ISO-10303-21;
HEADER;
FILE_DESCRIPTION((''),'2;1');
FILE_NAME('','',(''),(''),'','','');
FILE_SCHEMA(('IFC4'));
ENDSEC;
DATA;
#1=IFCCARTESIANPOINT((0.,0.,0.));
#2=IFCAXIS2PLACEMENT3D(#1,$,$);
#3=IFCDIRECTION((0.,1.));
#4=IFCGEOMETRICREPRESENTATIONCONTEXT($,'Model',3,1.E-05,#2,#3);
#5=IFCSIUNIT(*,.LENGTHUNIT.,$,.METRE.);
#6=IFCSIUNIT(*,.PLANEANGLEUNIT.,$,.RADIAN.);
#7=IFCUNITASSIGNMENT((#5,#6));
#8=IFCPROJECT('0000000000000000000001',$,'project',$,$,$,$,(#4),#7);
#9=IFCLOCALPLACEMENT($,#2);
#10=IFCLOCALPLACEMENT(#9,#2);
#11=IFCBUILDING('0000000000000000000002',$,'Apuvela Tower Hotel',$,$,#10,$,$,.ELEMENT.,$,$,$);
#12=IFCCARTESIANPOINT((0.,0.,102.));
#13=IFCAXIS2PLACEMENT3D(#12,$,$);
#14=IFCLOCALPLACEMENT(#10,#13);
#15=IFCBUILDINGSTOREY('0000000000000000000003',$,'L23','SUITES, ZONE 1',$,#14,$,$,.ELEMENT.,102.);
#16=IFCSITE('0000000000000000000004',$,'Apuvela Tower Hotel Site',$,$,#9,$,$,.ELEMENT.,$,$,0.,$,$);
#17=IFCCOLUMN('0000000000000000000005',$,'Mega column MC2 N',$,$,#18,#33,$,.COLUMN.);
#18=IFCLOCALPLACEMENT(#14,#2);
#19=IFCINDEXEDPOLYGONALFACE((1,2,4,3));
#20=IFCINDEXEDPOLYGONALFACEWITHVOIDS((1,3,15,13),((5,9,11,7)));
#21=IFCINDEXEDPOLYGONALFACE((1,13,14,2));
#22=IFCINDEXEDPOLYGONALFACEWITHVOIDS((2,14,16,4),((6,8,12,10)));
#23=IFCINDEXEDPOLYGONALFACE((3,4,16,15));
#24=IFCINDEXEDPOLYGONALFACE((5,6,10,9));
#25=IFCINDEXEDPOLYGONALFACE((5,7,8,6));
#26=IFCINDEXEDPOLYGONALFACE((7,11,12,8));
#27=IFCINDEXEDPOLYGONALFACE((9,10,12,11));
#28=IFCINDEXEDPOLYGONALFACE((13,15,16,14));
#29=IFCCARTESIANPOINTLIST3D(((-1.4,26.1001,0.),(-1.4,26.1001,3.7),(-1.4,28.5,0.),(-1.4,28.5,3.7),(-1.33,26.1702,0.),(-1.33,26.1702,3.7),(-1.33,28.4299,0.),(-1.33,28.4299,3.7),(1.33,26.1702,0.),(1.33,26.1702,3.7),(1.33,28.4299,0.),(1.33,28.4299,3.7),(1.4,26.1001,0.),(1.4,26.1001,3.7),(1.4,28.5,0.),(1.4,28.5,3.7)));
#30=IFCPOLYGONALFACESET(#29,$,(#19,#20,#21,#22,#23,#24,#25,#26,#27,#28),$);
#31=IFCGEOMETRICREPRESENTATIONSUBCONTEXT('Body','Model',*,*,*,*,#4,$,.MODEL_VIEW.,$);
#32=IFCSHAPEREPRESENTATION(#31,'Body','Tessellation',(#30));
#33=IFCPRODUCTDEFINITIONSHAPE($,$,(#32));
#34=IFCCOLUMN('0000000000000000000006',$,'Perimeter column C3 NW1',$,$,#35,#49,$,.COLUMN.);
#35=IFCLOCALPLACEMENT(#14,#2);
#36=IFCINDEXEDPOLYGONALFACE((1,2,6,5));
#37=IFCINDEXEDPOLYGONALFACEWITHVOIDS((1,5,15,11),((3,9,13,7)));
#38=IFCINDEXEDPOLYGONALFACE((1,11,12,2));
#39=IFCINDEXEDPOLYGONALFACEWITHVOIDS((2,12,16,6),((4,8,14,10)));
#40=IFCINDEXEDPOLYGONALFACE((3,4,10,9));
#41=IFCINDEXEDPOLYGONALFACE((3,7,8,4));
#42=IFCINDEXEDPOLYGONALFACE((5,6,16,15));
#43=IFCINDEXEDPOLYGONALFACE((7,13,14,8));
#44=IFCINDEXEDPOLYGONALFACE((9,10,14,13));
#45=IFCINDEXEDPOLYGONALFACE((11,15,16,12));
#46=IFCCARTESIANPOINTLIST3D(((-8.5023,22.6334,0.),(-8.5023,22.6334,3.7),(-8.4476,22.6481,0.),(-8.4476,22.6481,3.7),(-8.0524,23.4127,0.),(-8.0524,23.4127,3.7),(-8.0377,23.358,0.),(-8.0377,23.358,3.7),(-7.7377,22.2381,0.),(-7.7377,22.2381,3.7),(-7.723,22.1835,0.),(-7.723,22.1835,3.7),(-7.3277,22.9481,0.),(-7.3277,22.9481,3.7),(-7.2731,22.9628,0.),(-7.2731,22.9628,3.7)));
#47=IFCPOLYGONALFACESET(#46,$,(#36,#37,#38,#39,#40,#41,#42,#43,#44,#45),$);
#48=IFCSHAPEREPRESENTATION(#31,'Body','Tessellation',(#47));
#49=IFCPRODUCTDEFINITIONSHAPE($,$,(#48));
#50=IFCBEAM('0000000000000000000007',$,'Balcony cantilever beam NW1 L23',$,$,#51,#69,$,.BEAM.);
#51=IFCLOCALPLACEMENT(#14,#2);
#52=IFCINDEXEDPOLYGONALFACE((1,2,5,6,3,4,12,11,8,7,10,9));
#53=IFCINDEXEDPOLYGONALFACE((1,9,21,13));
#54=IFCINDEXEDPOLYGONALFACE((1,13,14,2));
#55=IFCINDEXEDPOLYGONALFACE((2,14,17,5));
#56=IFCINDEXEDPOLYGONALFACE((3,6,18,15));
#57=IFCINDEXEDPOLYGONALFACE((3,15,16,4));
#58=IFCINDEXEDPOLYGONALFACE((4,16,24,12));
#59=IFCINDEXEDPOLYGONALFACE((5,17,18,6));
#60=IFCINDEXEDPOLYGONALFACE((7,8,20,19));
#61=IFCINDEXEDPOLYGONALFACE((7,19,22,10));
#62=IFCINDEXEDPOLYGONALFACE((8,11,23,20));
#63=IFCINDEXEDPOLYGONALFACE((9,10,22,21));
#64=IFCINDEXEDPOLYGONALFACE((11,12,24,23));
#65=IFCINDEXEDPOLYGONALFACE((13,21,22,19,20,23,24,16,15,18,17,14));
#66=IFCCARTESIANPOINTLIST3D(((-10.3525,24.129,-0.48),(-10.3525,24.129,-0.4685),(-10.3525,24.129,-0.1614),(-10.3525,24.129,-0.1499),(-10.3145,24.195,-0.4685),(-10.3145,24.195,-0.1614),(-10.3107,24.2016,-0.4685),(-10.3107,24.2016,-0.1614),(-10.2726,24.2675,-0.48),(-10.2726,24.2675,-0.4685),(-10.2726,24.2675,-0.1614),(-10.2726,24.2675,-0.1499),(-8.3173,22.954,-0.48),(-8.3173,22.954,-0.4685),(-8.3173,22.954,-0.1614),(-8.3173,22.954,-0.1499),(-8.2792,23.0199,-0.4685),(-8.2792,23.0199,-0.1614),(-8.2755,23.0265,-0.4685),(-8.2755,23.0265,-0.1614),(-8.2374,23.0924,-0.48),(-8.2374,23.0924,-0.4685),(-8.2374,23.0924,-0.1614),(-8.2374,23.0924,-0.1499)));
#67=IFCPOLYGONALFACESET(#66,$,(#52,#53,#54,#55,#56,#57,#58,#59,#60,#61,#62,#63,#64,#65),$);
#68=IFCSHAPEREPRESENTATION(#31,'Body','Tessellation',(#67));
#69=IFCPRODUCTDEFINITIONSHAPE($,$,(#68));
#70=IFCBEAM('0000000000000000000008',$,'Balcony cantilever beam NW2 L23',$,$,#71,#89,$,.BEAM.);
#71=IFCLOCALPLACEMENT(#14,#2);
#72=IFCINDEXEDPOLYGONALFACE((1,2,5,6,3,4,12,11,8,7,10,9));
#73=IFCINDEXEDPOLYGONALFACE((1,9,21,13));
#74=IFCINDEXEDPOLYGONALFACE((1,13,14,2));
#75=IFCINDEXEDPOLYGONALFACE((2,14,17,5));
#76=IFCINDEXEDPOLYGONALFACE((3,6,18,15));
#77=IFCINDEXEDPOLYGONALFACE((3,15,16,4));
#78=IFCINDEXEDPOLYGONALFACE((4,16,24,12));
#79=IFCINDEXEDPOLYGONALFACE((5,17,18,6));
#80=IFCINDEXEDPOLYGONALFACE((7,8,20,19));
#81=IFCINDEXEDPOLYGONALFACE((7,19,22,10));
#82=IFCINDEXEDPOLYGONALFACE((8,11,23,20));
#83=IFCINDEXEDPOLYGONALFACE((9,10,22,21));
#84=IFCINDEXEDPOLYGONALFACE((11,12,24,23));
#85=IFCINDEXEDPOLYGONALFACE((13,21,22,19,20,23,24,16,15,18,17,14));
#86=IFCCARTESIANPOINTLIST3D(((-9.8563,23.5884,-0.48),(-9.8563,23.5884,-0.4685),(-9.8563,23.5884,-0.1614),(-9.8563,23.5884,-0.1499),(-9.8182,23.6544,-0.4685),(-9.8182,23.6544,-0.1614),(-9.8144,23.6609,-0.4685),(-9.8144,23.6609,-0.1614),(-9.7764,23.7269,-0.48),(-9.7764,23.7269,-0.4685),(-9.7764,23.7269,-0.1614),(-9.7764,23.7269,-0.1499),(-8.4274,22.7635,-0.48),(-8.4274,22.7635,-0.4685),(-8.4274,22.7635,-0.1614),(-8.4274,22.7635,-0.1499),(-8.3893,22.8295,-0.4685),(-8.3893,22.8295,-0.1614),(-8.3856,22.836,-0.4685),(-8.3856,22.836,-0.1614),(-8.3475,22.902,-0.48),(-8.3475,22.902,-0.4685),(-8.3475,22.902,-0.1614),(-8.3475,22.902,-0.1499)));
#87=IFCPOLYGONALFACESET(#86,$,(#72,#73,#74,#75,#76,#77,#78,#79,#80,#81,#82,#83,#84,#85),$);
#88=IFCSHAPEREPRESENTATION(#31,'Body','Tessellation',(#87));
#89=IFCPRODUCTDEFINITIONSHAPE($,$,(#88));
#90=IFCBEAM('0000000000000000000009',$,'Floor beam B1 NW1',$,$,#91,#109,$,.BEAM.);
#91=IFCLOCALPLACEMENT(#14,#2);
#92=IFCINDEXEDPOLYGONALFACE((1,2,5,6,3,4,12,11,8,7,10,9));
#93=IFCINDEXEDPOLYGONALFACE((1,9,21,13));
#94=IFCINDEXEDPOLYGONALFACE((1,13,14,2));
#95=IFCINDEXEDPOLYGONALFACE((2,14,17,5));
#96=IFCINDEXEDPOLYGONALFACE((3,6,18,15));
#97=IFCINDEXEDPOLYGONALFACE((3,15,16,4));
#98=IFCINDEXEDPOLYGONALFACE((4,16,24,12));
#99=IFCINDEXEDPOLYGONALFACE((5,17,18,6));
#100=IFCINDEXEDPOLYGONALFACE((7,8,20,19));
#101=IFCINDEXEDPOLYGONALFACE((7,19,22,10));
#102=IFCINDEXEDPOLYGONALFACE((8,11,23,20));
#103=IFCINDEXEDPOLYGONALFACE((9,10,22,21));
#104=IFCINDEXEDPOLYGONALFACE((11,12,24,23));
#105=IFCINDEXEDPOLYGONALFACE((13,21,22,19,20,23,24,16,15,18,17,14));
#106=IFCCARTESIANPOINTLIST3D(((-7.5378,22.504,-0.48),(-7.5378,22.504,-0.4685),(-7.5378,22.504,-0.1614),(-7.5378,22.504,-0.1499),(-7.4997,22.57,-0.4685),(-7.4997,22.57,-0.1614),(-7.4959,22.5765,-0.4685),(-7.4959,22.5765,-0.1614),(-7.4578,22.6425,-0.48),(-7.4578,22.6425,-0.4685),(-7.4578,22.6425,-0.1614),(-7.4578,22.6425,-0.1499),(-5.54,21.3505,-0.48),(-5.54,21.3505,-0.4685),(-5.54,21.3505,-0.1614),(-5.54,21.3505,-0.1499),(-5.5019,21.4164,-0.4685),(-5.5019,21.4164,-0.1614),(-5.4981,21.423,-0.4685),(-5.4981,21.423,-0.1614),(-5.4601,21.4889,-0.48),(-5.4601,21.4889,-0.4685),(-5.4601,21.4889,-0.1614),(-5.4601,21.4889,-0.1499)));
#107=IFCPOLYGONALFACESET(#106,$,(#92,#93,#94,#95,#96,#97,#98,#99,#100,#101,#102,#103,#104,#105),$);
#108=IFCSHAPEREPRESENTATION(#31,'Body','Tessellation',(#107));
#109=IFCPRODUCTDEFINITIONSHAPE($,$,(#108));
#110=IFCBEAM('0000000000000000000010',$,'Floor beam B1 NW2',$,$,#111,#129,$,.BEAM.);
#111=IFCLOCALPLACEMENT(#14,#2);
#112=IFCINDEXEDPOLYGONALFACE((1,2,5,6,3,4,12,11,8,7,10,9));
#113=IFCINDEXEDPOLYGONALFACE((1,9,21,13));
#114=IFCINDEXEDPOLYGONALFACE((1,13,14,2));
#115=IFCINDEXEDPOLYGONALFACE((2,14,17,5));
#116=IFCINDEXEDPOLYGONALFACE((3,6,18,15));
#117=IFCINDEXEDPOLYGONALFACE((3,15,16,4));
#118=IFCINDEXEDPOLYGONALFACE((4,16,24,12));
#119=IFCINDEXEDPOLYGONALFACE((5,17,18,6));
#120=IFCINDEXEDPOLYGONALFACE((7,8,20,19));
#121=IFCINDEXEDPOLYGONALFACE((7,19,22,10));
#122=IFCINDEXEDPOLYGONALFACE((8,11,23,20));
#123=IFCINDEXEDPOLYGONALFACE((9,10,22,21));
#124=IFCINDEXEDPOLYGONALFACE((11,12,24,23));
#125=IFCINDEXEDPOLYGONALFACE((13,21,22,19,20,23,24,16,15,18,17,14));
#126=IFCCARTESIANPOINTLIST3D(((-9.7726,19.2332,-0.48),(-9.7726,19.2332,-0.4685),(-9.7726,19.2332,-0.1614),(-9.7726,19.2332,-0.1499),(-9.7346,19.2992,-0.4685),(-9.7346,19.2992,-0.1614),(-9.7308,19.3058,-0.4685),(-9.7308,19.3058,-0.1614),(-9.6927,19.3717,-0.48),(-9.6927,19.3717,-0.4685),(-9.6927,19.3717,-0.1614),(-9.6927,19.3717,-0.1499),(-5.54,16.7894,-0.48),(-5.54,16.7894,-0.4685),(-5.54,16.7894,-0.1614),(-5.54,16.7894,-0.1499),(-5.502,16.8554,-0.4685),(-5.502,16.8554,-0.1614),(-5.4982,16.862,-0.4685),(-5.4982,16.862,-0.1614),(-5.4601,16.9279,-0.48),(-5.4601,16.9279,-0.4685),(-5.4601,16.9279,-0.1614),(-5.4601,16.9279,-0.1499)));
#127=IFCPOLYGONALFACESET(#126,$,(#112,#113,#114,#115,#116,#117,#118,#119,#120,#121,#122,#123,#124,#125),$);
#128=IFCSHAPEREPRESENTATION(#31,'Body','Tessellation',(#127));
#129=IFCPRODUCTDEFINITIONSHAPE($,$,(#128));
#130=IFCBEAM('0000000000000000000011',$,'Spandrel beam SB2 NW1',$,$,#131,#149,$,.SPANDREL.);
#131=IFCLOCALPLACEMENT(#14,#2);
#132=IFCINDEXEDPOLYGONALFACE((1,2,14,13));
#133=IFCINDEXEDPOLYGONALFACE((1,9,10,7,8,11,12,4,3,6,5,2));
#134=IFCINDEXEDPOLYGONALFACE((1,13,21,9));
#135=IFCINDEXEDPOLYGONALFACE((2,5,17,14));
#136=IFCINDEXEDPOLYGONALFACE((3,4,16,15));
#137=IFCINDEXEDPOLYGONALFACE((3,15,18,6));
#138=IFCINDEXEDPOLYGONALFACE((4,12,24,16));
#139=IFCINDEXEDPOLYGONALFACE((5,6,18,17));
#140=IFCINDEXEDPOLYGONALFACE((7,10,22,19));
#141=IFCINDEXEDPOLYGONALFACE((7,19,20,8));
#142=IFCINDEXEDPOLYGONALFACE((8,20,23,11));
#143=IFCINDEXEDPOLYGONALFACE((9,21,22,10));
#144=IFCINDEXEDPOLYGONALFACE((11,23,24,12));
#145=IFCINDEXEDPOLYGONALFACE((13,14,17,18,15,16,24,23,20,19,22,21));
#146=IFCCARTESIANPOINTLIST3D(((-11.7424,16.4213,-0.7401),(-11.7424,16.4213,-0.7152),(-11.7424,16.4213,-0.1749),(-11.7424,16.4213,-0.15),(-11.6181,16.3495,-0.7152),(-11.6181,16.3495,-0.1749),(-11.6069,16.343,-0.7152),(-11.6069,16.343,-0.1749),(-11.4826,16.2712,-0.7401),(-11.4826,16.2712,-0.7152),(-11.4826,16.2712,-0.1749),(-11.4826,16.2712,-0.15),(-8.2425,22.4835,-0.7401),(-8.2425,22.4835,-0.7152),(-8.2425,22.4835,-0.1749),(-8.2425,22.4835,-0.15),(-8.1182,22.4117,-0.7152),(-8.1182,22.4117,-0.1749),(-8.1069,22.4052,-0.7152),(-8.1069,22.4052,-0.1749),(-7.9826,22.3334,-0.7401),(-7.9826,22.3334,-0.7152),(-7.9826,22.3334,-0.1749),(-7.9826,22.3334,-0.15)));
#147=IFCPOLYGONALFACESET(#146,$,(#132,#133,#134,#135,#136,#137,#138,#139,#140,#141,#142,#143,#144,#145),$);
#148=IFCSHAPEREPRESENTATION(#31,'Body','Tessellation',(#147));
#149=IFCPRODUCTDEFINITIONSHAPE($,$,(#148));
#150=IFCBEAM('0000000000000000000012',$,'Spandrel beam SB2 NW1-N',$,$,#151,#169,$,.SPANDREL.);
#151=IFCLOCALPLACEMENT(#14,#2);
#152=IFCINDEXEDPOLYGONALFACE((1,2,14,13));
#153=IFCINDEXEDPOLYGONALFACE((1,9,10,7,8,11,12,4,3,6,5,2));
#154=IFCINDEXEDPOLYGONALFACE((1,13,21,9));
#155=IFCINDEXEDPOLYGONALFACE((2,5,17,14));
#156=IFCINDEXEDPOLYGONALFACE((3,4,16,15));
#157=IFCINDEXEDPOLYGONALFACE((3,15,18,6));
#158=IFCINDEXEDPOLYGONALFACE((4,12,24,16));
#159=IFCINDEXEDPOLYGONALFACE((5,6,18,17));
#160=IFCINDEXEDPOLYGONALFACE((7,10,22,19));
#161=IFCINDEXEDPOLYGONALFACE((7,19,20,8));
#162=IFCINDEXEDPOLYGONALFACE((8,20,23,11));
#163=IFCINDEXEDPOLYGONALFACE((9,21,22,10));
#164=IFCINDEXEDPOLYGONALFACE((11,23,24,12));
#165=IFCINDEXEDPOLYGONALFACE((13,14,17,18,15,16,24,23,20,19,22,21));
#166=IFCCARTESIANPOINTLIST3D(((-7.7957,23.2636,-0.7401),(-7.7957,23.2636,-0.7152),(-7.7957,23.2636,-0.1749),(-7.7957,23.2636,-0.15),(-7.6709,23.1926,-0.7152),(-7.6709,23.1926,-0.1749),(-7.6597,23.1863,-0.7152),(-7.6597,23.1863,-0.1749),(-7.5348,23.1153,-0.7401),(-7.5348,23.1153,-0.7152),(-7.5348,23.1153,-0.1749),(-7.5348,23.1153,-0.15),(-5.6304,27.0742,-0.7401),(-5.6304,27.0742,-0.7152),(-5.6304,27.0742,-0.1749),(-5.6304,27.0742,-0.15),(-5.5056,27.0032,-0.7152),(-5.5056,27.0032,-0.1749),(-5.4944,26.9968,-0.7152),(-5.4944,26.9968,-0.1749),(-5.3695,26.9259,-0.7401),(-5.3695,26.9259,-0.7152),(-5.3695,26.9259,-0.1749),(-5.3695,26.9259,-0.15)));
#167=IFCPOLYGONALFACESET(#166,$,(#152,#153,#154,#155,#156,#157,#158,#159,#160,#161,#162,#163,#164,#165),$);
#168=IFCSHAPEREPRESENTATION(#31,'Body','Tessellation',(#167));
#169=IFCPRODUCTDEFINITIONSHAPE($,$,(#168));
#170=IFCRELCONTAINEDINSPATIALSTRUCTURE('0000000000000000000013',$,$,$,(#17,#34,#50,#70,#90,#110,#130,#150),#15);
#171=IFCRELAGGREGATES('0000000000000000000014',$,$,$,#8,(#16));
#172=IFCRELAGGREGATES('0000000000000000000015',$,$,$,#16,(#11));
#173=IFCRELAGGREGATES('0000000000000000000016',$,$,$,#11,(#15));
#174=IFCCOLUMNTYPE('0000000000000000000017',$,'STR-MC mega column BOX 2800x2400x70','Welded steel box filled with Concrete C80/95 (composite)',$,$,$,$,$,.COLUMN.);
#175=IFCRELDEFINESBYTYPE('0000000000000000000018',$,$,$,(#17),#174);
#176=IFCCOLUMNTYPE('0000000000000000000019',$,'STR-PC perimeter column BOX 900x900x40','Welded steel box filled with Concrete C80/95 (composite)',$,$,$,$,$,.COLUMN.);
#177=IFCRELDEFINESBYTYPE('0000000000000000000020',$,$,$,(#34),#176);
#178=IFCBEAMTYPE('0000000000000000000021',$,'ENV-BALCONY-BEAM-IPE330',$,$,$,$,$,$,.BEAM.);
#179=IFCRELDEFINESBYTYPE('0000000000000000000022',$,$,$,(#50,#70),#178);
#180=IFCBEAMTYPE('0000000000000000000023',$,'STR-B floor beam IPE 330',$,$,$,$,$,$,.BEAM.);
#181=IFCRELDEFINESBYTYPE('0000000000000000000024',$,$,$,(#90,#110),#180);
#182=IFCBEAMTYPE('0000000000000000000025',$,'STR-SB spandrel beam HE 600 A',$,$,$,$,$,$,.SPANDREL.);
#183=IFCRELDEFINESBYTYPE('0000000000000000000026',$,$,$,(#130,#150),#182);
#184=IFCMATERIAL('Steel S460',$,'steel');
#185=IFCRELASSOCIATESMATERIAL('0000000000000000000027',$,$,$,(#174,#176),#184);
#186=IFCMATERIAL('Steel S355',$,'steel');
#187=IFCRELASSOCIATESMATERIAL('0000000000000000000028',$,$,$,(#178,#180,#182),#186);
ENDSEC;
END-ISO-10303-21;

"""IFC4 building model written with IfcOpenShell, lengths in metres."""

from ifc_helpers import new_model, si_unit, direction, frame, origin, origin_2d, place, context, subcontext, project, spatial, rectangle, hollow_rectangle, i_section, extrude, material, material_profile, profile_set, type_object, element, save


model = new_model("IFC4")

# Units and contexts
model_context = context("Model", 3, precision=1e-05, world=origin(), true_north=direction((0.0, 1.0)))
body_context = subcontext(model_context, "Body", "Model", "MODEL_VIEW")
ifc_project = project(units=[si_unit("LENGTHUNIT", "METRE"), si_unit("PLANEANGLEUNIT", "RADIAN")], contexts=[model_context])

# Site, building, storey
site_placement = place(None, origin())
site = spatial("IfcSite", under=ifc_project, at=site_placement, Name="Apuvela Tower Hotel Site", CompositionType="ELEMENT", RefElevation=0.0)
building_placement = place(site_placement, origin())
building = spatial("IfcBuilding", under=site, at=building_placement, Name="Apuvela Tower Hotel", CompositionType="ELEMENT")
storey_placement = place(building_placement, frame((0.0, 0.0, 102.0)))
storey = spatial("IfcBuildingStorey", under=building, at=storey_placement, Name="L23", Description="SUITES, ZONE 1", CompositionType="ELEMENT", Elevation=102.0)

# Columns
ifc_material_1 = material(Name="Steel S460", Category="steel")
ifc_material_profile_1 = material_profile(ifc_material_1, hollow_rectangle(XDim=2.8, YDim=2.3999, WallThickness=0.0701, at=origin_2d()), Name="BOX 2800x2400x70")
ifc_material_2 = material(Name="Concrete C80/95", Category="concrete")
ifc_material_profile_2 = material_profile(ifc_material_2, rectangle(XDim=2.6599, YDim=2.26, at=origin_2d()), Name="Concrete C80/95 infill")
ifc_profile_set_1 = profile_set([ifc_material_profile_1, ifc_material_profile_2], Name="Steel S460")
column_type_1 = type_object("IfcColumnType", Name="STR-MC mega column BOX 2800x2400x70", Description="Welded steel box filled with Concrete C80/95 (composite)", PredefinedType="COLUMN", material=ifc_profile_set_1)
column_1_placement = place(storey_placement, frame((0.0, 27.3, 0.0), z_axis=(0.0, 0.0, 1.0), x_axis=(1.0, 0.0, 0.0)))
element("IfcColumn", 1, at=column_1_placement, inside=storey, type_object=column_type_1, Name="Mega column MC2 N", PredefinedType="COLUMN", context=body_context, shape_type="SweptSolid", body=[
    extrude(hollow_rectangle(XDim=2.8, YDim=2.3999, WallThickness=0.0701, at=origin_2d()), origin(), (0.0, 0.0, 1.0), 3.7),
])
ifc_material_profile_3 = material_profile(ifc_material_1, hollow_rectangle(XDim=0.8999, YDim=0.8999, WallThickness=0.04, at=origin_2d()), Name="BOX 900x900x40")
ifc_material_profile_4 = material_profile(ifc_material_2, rectangle(XDim=0.8201, YDim=0.8201, at=origin_2d()), Name="Concrete C80/95 infill")
ifc_profile_set_2 = profile_set([ifc_material_profile_3, ifc_material_profile_4], Name="Steel S460")
column_type_2 = type_object("IfcColumnType", Name="STR-PC perimeter column BOX 900x900x40", Description="Welded steel box filled with Concrete C80/95 (composite)", PredefinedType="COLUMN", material=ifc_profile_set_2)
column_2_placement = place(storey_placement, frame((-7.8877, 22.7981, 0.0), z_axis=(0.0, 0.0, 1.0), x_axis=(0.5, 0.866025, 0.0)))
element("IfcColumn", 2, at=column_2_placement, inside=storey, type_object=column_type_2, Name="Perimeter column C3 NW1", PredefinedType="COLUMN", context=body_context, shape_type="SweptSolid", body=[
    extrude(hollow_rectangle(XDim=0.8999, YDim=0.8999, WallThickness=0.04, at=origin_2d()), origin(), (0.0, 0.0, 1.0), 3.7),
])

# Beams
ifc_material_3 = material(Name="Steel S355", Category="steel")
ifc_material_profile_5 = material_profile(ifc_material_3, i_section(OverallWidth=0.1599, OverallDepth=0.3301, WebThickness=0.0076, FlangeThickness=0.0115, at=origin_2d()), Name="IPE 330")
ifc_profile_set_3 = profile_set([ifc_material_profile_5], Name="Steel S355")
beam_type_1 = type_object("IfcBeamType", Name="ENV-BALCONY-BEAM-IPE330", PredefinedType="BEAM", material=ifc_profile_set_3)
beam_1_placement = place(storey_placement, frame((-8.2773, 23.0232, -0.3149), z_axis=(-0.866016, 0.500016, 0.0), x_axis=(-0.500016, -0.866016, 0.0)))
element("IfcBeam", 3, at=beam_1_placement, inside=storey, type_object=beam_type_1, Name="Balcony cantilever beam NW1 L23", PredefinedType="BEAM", context=body_context, shape_type="SweptSolid", body=[
    extrude(i_section(OverallWidth=0.1599, OverallDepth=0.3301, WebThickness=0.0076, FlangeThickness=0.0115, at=origin_2d()), origin(), (0.0, 0.0, 1.0), 2.3501),
])
beam_2_placement = place(storey_placement, frame((-8.3875, 22.8328, -0.3149), z_axis=(-0.86604, 0.499974, 0.0), x_axis=(-0.499974, -0.86604, 0.0)))
element("IfcBeam", 4, at=beam_2_placement, inside=storey, type_object=beam_type_1, Name="Balcony cantilever beam NW2 L23", PredefinedType="BEAM", context=body_context, shape_type="SweptSolid", body=[
    extrude(i_section(OverallWidth=0.1599, OverallDepth=0.3301, WebThickness=0.0076, FlangeThickness=0.0115, at=origin_2d()), origin(), (0.0, 0.0, 1.0), 1.6499),
])
ifc_material_profile_6 = material_profile(ifc_material_3, i_section(OverallWidth=0.1599, OverallDepth=0.3301, WebThickness=0.0076, FlangeThickness=0.0115, at=origin_2d()), Name="IPE 330")
ifc_profile_set_4 = profile_set([ifc_material_profile_6], Name="Steel S355")
beam_type_2 = type_object("IfcBeamType", Name="STR-B floor beam IPE 330", PredefinedType="BEAM", material=ifc_profile_set_4)
beam_3_placement = place(storey_placement, frame((-7.4978, 22.5732, -0.3149), z_axis=(0.866001, -0.500043, 0.0), x_axis=(0.500043, 0.866001, 0.0)))
element("IfcBeam", 5, at=beam_3_placement, inside=storey, type_object=beam_type_2, Name="Floor beam B1 NW1", PredefinedType="BEAM", context=body_context, shape_type="SweptSolid", body=[
    extrude(i_section(OverallWidth=0.1599, OverallDepth=0.3301, WebThickness=0.0076, FlangeThickness=0.0115, at=origin_2d()), origin(), (0.0, 0.0, 1.0), 2.3069),
])
beam_4_placement = place(storey_placement, frame((-9.7327, 19.3025, -0.3149), z_axis=(0.866015, -0.500018, 0.0), x_axis=(0.500018, 0.866015, 0.0)))
element("IfcBeam", 6, at=beam_4_placement, inside=storey, type_object=beam_type_2, Name="Floor beam B1 NW2", PredefinedType="BEAM", context=body_context, shape_type="SweptSolid", body=[
    extrude(i_section(OverallWidth=0.1599, OverallDepth=0.3301, WebThickness=0.0076, FlangeThickness=0.0115, at=origin_2d()), origin(), (0.0, 0.0, 1.0), 4.8875),
])
ifc_material_profile_7 = material_profile(ifc_material_3, i_section(OverallWidth=0.3, OverallDepth=0.5901, WebThickness=0.0129, FlangeThickness=0.0249, at=origin_2d()), Name="HE 600 A")
ifc_profile_set_5 = profile_set([ifc_material_profile_7], Name="Steel S355")
beam_type_3 = type_object("IfcBeamType", Name="STR-SB spandrel beam HE 600 A", PredefinedType="SPANDREL", material=ifc_profile_set_5)
beam_5_placement = place(storey_placement, frame((-8.1125, 22.4084, -0.4451), z_axis=(-0.499995, -0.866028, 0.0), x_axis=(0.866028, -0.499995, 0.0)))
element("IfcBeam", 7, at=beam_5_placement, inside=storey, type_object=beam_type_3, Name="Spandrel beam SB2 NW1", PredefinedType="SPANDREL", context=body_context, shape_type="SweptSolid", body=[
    extrude(i_section(OverallWidth=0.3, OverallDepth=0.5901, WebThickness=0.0129, FlangeThickness=0.0249, at=origin_2d()), origin(), (0.0, 0.0, 1.0), 7.0),
])
beam_6_placement = place(storey_placement, frame((-7.6653, 23.1895, -0.4451), z_axis=(0.494044, 0.869437, 0.0), x_axis=(-0.869437, 0.494044, 0.0)))
element("IfcBeam", 8, at=beam_6_placement, inside=storey, type_object=beam_type_3, Name="Spandrel beam SB2 NW1-N", PredefinedType="SPANDREL", context=body_context, shape_type="SweptSolid", body=[
    extrude(i_section(OverallWidth=0.3, OverallDepth=0.5901, WebThickness=0.0129, FlangeThickness=0.0249, at=origin_2d()), origin(), (0.0, 0.0, 1.0), 4.3828),
])

save(model, "model.ifc")
